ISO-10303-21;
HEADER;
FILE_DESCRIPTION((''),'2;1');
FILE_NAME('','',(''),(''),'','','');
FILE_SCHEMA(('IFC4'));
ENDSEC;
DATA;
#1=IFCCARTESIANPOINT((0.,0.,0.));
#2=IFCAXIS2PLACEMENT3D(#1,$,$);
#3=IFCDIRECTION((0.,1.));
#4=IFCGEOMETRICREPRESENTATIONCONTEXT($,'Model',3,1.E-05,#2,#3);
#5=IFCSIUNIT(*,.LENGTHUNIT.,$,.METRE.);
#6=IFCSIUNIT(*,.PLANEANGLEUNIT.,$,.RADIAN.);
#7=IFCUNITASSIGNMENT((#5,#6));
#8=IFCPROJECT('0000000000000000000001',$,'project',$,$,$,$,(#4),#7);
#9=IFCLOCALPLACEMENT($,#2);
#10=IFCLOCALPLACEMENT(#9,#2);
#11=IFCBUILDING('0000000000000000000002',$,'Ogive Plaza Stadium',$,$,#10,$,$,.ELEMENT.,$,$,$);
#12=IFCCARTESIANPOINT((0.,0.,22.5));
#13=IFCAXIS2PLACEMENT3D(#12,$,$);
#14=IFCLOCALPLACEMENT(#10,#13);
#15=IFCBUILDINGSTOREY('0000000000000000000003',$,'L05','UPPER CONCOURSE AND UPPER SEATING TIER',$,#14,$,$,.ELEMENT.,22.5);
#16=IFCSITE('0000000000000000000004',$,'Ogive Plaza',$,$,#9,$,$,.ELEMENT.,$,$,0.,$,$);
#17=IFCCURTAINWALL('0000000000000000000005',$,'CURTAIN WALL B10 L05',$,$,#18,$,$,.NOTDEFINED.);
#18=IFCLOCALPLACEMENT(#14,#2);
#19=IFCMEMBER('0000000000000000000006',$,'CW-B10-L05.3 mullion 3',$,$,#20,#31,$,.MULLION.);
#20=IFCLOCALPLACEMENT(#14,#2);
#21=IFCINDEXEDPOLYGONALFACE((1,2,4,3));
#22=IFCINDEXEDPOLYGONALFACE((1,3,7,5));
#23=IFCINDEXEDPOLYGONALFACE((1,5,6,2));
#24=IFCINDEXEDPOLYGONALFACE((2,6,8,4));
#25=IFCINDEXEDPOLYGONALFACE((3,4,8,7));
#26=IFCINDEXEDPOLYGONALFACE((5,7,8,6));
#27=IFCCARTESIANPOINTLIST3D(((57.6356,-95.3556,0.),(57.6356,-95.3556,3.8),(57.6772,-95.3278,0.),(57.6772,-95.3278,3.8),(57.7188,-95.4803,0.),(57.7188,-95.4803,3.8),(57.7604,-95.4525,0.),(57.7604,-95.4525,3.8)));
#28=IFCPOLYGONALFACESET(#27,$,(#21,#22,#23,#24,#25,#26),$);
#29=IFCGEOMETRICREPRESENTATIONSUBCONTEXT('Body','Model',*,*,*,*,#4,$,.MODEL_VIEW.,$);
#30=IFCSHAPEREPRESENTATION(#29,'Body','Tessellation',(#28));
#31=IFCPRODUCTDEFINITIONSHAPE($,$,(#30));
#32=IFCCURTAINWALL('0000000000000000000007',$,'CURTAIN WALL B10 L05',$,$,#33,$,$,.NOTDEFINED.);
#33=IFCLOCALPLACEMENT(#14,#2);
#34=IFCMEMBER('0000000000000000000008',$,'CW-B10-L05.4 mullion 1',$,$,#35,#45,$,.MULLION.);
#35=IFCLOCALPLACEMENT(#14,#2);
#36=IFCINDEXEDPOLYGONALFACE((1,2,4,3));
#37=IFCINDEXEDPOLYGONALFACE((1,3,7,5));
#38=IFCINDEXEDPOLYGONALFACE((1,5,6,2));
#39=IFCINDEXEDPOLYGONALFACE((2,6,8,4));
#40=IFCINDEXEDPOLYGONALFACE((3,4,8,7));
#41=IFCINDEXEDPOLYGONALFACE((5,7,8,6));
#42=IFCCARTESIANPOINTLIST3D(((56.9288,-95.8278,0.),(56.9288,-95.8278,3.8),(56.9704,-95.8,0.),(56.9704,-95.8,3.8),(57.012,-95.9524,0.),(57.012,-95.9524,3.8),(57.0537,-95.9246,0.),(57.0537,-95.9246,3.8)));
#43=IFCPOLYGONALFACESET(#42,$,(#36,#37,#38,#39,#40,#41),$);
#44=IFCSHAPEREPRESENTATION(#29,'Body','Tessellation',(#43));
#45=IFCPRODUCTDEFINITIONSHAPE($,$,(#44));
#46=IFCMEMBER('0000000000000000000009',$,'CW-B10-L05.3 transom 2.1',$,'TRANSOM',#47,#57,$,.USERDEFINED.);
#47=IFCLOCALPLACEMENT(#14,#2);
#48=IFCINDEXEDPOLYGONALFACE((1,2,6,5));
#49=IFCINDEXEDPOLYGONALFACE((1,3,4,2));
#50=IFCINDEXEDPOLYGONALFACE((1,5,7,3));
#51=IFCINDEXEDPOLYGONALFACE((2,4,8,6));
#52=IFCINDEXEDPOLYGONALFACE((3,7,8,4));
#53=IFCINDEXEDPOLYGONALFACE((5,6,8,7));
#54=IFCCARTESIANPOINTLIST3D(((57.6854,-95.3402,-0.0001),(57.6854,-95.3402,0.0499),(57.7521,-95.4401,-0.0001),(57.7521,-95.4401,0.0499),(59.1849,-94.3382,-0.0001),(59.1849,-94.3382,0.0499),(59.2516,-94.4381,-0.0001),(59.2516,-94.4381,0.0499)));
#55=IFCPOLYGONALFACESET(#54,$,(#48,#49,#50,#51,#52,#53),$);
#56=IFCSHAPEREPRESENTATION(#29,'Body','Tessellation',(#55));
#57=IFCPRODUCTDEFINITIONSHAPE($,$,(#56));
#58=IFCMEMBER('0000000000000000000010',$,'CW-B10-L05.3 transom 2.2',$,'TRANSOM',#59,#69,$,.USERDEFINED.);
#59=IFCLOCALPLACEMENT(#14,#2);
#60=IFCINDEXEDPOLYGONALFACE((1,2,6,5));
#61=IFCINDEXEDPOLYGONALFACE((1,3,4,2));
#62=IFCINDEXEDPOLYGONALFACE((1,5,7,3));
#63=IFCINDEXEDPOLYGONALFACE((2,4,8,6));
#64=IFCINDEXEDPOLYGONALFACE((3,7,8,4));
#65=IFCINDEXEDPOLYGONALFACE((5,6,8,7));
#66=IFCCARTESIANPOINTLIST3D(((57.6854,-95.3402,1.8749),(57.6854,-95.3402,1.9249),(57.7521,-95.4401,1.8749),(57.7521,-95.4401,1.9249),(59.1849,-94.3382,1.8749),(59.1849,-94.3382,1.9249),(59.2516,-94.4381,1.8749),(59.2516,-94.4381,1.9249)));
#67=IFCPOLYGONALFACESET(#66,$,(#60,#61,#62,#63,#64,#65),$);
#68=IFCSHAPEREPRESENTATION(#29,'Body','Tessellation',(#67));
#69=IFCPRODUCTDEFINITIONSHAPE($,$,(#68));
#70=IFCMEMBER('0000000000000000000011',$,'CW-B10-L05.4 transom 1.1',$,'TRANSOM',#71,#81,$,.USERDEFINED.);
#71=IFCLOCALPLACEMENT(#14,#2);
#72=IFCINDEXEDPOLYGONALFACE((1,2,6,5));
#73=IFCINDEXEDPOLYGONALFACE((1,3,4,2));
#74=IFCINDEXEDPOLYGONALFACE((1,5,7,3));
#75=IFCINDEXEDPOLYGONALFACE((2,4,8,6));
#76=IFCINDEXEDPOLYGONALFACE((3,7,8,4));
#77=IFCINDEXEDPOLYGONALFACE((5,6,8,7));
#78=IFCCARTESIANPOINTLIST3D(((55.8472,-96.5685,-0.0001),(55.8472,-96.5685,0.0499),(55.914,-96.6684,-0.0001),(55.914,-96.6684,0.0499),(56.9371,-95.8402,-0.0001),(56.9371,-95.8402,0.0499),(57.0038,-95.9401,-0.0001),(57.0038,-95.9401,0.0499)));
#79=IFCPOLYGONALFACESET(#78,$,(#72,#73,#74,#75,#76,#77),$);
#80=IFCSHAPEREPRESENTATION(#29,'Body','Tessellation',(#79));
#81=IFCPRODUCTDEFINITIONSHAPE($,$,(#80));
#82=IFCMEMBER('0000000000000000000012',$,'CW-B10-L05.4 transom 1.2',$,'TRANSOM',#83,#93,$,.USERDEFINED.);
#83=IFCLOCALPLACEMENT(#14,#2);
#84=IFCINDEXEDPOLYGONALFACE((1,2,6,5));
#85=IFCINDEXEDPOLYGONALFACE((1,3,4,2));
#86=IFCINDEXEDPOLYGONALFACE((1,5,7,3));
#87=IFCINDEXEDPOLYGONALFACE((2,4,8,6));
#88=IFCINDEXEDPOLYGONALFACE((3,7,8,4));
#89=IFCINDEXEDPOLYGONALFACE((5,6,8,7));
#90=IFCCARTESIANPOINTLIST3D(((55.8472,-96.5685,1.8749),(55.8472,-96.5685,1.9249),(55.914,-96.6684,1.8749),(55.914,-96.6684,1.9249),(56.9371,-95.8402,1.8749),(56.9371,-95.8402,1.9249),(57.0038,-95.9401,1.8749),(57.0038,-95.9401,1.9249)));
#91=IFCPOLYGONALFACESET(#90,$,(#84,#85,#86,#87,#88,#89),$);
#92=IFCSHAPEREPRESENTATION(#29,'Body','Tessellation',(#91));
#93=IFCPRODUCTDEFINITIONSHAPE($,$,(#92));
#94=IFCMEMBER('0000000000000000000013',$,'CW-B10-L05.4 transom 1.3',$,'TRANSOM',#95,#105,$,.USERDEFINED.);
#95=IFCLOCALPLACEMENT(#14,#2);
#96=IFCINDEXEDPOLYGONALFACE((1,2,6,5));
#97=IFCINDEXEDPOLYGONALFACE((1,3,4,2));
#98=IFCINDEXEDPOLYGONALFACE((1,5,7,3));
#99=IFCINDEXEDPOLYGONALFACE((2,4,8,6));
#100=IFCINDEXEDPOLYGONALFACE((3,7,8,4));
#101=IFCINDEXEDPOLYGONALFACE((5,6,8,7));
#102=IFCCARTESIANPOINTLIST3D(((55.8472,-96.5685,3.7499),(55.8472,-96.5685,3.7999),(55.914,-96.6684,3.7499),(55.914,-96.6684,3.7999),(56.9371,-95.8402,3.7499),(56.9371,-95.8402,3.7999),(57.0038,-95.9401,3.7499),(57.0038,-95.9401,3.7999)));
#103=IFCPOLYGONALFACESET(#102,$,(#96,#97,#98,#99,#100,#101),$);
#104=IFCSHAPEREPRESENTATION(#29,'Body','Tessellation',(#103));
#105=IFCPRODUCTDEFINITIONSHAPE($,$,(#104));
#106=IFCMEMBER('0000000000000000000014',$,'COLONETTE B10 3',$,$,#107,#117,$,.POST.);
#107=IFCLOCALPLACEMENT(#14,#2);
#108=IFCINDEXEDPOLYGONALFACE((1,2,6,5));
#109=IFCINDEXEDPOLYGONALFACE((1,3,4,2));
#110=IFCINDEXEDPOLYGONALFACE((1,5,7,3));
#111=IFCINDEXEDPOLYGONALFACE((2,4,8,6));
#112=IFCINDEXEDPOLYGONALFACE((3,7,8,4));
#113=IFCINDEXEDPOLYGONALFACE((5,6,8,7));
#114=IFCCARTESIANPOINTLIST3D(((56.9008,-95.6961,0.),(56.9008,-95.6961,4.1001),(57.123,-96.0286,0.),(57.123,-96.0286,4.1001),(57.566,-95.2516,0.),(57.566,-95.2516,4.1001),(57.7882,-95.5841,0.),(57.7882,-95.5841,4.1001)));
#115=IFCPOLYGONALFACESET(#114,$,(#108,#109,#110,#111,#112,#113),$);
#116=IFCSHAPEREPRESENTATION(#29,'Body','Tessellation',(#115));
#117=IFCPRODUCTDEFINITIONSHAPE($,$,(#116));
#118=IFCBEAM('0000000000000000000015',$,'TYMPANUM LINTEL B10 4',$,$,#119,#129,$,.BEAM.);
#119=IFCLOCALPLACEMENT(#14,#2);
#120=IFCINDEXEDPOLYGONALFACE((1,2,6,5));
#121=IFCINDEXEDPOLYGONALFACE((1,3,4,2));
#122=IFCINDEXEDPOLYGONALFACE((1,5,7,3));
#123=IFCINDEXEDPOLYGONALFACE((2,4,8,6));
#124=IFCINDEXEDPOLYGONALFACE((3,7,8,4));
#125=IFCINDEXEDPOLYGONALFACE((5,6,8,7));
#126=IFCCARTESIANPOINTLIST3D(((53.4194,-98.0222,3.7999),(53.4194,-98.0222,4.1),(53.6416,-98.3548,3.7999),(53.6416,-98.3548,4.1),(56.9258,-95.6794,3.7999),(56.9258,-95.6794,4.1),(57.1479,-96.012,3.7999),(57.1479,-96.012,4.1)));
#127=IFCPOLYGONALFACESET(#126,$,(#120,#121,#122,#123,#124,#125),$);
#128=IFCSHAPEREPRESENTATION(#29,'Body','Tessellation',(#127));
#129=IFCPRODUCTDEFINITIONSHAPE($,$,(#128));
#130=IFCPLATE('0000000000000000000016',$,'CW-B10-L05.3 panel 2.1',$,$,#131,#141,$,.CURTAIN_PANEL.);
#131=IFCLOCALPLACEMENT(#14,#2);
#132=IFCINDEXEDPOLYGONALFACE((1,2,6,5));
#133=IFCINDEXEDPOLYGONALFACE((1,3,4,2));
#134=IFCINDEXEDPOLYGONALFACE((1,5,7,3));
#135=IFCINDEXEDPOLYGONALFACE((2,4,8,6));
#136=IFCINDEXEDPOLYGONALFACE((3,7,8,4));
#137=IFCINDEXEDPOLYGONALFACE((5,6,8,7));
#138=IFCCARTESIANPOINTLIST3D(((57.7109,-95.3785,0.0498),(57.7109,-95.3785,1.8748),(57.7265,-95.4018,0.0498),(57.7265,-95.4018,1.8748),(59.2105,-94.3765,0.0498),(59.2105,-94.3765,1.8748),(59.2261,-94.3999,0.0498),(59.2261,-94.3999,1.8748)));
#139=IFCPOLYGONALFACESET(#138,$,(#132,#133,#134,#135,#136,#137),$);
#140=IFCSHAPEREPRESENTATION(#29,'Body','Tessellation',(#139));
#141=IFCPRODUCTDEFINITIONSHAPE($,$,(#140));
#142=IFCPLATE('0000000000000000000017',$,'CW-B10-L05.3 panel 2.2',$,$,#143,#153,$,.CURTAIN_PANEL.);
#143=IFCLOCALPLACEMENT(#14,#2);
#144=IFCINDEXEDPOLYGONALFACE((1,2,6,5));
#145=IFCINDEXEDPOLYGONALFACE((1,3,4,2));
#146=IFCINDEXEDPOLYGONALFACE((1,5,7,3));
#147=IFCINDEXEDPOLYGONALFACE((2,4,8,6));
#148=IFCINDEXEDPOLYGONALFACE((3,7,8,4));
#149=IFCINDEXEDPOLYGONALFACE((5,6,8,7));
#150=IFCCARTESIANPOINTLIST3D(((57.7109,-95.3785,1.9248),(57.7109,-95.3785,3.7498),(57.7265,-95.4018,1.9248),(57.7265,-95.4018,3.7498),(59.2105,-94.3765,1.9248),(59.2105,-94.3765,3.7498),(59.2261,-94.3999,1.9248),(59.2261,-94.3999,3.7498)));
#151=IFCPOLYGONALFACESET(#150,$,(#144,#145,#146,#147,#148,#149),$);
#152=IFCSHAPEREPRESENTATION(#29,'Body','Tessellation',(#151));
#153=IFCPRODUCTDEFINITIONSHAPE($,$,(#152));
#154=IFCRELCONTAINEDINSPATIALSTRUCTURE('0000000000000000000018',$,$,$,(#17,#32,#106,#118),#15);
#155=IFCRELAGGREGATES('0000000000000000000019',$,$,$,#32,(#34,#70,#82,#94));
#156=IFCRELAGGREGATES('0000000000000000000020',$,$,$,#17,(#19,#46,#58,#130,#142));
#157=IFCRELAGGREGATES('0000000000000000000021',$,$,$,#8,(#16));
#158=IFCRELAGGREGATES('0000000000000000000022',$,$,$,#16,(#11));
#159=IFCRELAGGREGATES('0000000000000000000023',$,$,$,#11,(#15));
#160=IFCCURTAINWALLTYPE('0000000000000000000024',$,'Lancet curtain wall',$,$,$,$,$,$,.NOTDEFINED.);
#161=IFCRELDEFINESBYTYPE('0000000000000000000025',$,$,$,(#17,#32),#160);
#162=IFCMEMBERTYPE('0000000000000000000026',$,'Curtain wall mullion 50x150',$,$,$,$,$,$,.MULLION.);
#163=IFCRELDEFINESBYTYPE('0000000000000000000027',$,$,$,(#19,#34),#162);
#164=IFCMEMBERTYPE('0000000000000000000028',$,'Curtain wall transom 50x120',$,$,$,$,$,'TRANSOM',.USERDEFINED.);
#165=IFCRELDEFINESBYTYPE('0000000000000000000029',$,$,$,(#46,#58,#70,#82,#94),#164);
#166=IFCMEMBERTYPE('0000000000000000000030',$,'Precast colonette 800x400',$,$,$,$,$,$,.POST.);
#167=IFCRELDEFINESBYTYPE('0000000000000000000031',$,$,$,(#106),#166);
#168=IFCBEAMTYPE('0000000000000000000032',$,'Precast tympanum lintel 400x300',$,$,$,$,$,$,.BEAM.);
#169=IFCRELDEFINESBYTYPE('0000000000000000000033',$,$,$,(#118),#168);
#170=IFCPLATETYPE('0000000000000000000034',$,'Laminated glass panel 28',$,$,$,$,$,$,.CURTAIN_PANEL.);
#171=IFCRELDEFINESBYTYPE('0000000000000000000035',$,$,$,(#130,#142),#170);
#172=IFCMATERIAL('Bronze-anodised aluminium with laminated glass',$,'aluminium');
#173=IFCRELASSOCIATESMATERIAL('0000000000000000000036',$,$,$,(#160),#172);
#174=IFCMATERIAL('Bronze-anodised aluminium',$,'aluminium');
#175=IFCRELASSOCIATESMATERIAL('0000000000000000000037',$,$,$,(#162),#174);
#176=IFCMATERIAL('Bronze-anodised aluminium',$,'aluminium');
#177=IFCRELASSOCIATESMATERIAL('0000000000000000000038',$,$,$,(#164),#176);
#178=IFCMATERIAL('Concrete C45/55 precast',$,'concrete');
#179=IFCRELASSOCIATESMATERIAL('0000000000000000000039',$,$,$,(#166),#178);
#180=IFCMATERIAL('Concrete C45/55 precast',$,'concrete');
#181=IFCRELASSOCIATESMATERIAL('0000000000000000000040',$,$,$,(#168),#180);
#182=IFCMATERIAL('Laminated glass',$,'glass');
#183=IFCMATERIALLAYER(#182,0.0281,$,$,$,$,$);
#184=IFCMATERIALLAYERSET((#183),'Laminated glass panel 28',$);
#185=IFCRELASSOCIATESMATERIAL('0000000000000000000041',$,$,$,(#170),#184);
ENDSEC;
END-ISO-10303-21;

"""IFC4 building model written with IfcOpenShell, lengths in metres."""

from ifc_helpers import new_model, si_unit, direction, frame, origin, origin_2d, place, context, subcontext, project, spatial, rectangle, extrude, material, layer, layer_set, material_profile, profile_set, type_object, element, aggregate, save


model = new_model("IFC4")

# Units and contexts
model_context = context("Model", 3, precision=1e-05, world=origin(), true_north=direction((0.0, 1.0)))
body_context = subcontext(model_context, "Body", "Model", "MODEL_VIEW")
ifc_project = project(units=[si_unit("LENGTHUNIT", "METRE"), si_unit("PLANEANGLEUNIT", "RADIAN")], contexts=[model_context])

# Site, building, storey
site_placement = place(None, origin())
site = spatial("IfcSite", under=ifc_project, at=site_placement, Name="Ogive Plaza", CompositionType="ELEMENT", RefElevation=0.0)
building_placement = place(site_placement, origin())
building = spatial("IfcBuilding", under=site, at=building_placement, Name="Ogive Plaza Stadium", CompositionType="ELEMENT")
storey_placement = place(building_placement, frame((0.0, 0.0, 22.5)))
storey = spatial("IfcBuildingStorey", under=building, at=storey_placement, Name="L05", Description="UPPER CONCOURSE AND UPPER SEATING TIER", CompositionType="ELEMENT", Elevation=22.5)

# Curtain walls, members
ifc_material_1 = material(Name="Bronze-anodised aluminium with laminated glass", Category="aluminium")
curtain_wall_type = type_object("IfcCurtainWallType", Name="Lancet curtain wall", PredefinedType="NOTDEFINED", material=ifc_material_1)
curtain_wall_1_placement = place(storey_placement, origin())
curtain_wall_1 = element("IfcCurtainWall", 1, at=curtain_wall_1_placement, inside=storey, type_object=curtain_wall_type, Name="CURTAIN WALL B10 L05", PredefinedType="NOTDEFINED")
ifc_material_2 = material(Name="Bronze-anodised aluminium", Category="aluminium")
ifc_material_profile_1 = material_profile(ifc_material_2, rectangle(XDim=0.1499, YDim=0.05, at=origin_2d()), Name="AL 150x50")
ifc_profile_set_1 = profile_set([ifc_material_profile_1], Name="Bronze-anodised aluminium")
member_type_1 = type_object("IfcMemberType", Name="Curtain wall mullion 50x150", PredefinedType="MULLION", material=ifc_profile_set_1)
member_1_placement = place(storey_placement, frame((57.698, -95.4041, 0.0), z_axis=(0.0, 0.0, 1.0), x_axis=(0.55557, -0.83147, 0.0)))
member_1 = element("IfcMember", 2, at=member_1_placement, type_object=member_type_1, Name="CW-B10-L05.3 mullion 3", PredefinedType="MULLION", context=body_context, shape_type="SweptSolid", body=[
    extrude(rectangle(XDim=0.1499, YDim=0.05, at=origin_2d()), origin(), (0.0, 0.0, 1.0), 3.8),
])
curtain_wall_2_placement = place(storey_placement, origin())
curtain_wall_2 = element("IfcCurtainWall", 3, at=curtain_wall_2_placement, inside=storey, type_object=curtain_wall_type, Name="CURTAIN WALL B10 L05", PredefinedType="NOTDEFINED")
member_2_placement = place(storey_placement, frame((56.9912, -95.8762, 0.0), z_axis=(0.0, 0.0, 1.0), x_axis=(0.55557, -0.83147, 0.0)))
member_2 = element("IfcMember", 4, at=member_2_placement, type_object=member_type_1, Name="CW-B10-L05.4 mullion 1", PredefinedType="MULLION", context=body_context, shape_type="SweptSolid", body=[
    extrude(rectangle(XDim=0.1499, YDim=0.05, at=origin_2d()), origin(), (0.0, 0.0, 1.0), 3.8),
])

# Members
ifc_material_3 = material(Name="Bronze-anodised aluminium", Category="aluminium")
ifc_material_profile_2 = material_profile(ifc_material_3, rectangle(XDim=0.1201, YDim=0.05, at=origin_2d()), Name="AL 120x50")
ifc_profile_set_2 = profile_set([ifc_material_profile_2], Name="Bronze-anodised aluminium")
member_type_2 = type_object("IfcMemberType", Name="Curtain wall transom 50x120", ElementType="TRANSOM", PredefinedType="USERDEFINED", material=ifc_profile_set_2)
member_3_placement = place(storey_placement, frame((59.2183, -94.3882, 0.0249), z_axis=(-0.831467, -0.555575, 0.0), x_axis=(0.555575, -0.831467, 0.0)))
member_3 = element("IfcMember", 5, at=member_3_placement, type_object=member_type_2, Name="CW-B10-L05.3 transom 2.1", ObjectType="TRANSOM", PredefinedType="USERDEFINED", context=body_context, shape_type="SweptSolid", body=[
    extrude(rectangle(XDim=0.1201, YDim=0.05, at=origin_2d()), origin(), (0.0, 0.0, 1.0), 1.8035),
])
member_4_placement = place(storey_placement, frame((59.2183, -94.3882, 1.8999), z_axis=(-0.831467, -0.555575, 0.0), x_axis=(0.555575, -0.831467, 0.0)))
member_4 = element("IfcMember", 6, at=member_4_placement, type_object=member_type_2, Name="CW-B10-L05.3 transom 2.2", ObjectType="TRANSOM", PredefinedType="USERDEFINED", context=body_context, shape_type="SweptSolid", body=[
    extrude(rectangle(XDim=0.1201, YDim=0.05, at=origin_2d()), origin(), (0.0, 0.0, 1.0), 1.8035),
])
member_5_placement = place(storey_placement, frame((56.9705, -95.8901, 0.0249), z_axis=(-0.831448, -0.555602, 0.0), x_axis=(0.555602, -0.831448, 0.0)))
member_5 = element("IfcMember", 7, at=member_5_placement, type_object=member_type_2, Name="CW-B10-L05.4 transom 1.1", ObjectType="TRANSOM", PredefinedType="USERDEFINED", context=body_context, shape_type="SweptSolid", body=[
    extrude(rectangle(XDim=0.1201, YDim=0.05, at=origin_2d()), origin(), (0.0, 0.0, 1.0), 1.3108),
])
member_6_placement = place(storey_placement, frame((56.9705, -95.8901, 1.8999), z_axis=(-0.831448, -0.555602, 0.0), x_axis=(0.555602, -0.831448, 0.0)))
member_6 = element("IfcMember", 8, at=member_6_placement, type_object=member_type_2, Name="CW-B10-L05.4 transom 1.2", ObjectType="TRANSOM", PredefinedType="USERDEFINED", context=body_context, shape_type="SweptSolid", body=[
    extrude(rectangle(XDim=0.1201, YDim=0.05, at=origin_2d()), origin(), (0.0, 0.0, 1.0), 1.3108),
])
member_7_placement = place(storey_placement, frame((56.9705, -95.8901, 3.7749), z_axis=(-0.831448, -0.555602, 0.0), x_axis=(0.555602, -0.831448, 0.0)))
member_7 = element("IfcMember", 9, at=member_7_placement, type_object=member_type_2, Name="CW-B10-L05.4 transom 1.3", ObjectType="TRANSOM", PredefinedType="USERDEFINED", context=body_context, shape_type="SweptSolid", body=[
    extrude(rectangle(XDim=0.1201, YDim=0.05, at=origin_2d()), origin(), (0.0, 0.0, 1.0), 1.3108),
])
aggregate(curtain_wall_2, [member_2, member_5, member_6, member_7])
ifc_material_4 = material(Name="Concrete C45/55 precast", Category="concrete")
ifc_material_profile_3 = material_profile(ifc_material_4, rectangle(XDim=0.3999, YDim=0.8, at=origin_2d()), Name="RC 400x800")
ifc_profile_set_3 = profile_set([ifc_material_profile_3], Name="Concrete C45/55 precast")
member_type_3 = type_object("IfcMemberType", Name="Precast colonette 800x400", PredefinedType="POST", material=ifc_profile_set_3)
member_8_placement = place(storey_placement, frame((57.3445, -95.6401, 0.0), z_axis=(0.0, 0.0, 1.0), x_axis=(0.55557, -0.83147, 0.0)))
element("IfcMember", 10, at=member_8_placement, inside=storey, type_object=member_type_3, Name="COLONETTE B10 3", PredefinedType="POST", context=body_context, shape_type="SweptSolid", body=[
    extrude(rectangle(XDim=0.3999, YDim=0.8, at=origin_2d()), origin(), (0.0, 0.0, 1.0), 4.1001),
])

# Beam
ifc_material_5 = material(Name="Concrete C45/55 precast", Category="concrete")
ifc_material_profile_4 = material_profile(ifc_material_5, rectangle(XDim=0.3999, YDim=0.3, at=origin_2d()), Name="RC 400x300")
ifc_profile_set_4 = profile_set([ifc_material_profile_4], Name="Concrete C45/55 precast")
beam_type = type_object("IfcBeamType", Name="Precast tympanum lintel 400x300", PredefinedType="BEAM", material=ifc_profile_set_4)
beam_placement = place(storey_placement, frame((57.0369, -95.8457, 3.95), z_axis=(-0.83148, -0.555555, 0.0), x_axis=(0.555555, -0.83148, 0.0)))
element("IfcBeam", 11, at=beam_placement, inside=storey, type_object=beam_type, Name="TYMPANUM LINTEL B10 4", PredefinedType="BEAM", context=body_context, shape_type="SweptSolid", body=[
    extrude(rectangle(XDim=0.3999, YDim=0.3, at=origin_2d()), origin(), (0.0, 0.0, 1.0), 4.217),
])

# Plates
ifc_material_6 = material(Name="Laminated glass", Category="glass")
ifc_layer_1 = layer(ifc_material_6, 0.0281)
ifc_layer_set_1 = layer_set([ifc_layer_1], Name="Laminated glass panel 28")
plate_type = type_object("IfcPlateType", Name="Laminated glass panel 28", PredefinedType="CURTAIN_PANEL", material=ifc_layer_set_1)
plate_1_placement = place(storey_placement, frame((58.4685, -94.8892, 0.0498), z_axis=(0.0, 0.0, 1.0), x_axis=(-0.83147, -0.55557, 0.0)))
plate_1 = element("IfcPlate", 12, at=plate_1_placement, type_object=plate_type, Name="CW-B10-L05.3 panel 2.1", PredefinedType="CURTAIN_PANEL", context=body_context, shape_type="SweptSolid", body=[
    extrude(rectangle(XDim=1.8035, YDim=0.0281, at=origin_2d()), origin(), (0.0, 0.0, 1.0), 1.825),
])
plate_2_placement = place(storey_placement, frame((58.4685, -94.8892, 1.9248), z_axis=(0.0, 0.0, 1.0), x_axis=(-0.83147, -0.55557, 0.0)))
plate_2 = element("IfcPlate", 13, at=plate_2_placement, type_object=plate_type, Name="CW-B10-L05.3 panel 2.2", PredefinedType="CURTAIN_PANEL", context=body_context, shape_type="SweptSolid", body=[
    extrude(rectangle(XDim=1.8035, YDim=0.0281, at=origin_2d()), origin(), (0.0, 0.0, 1.0), 1.825),
])
aggregate(curtain_wall_1, [member_1, member_3, member_4, plate_1, plate_2])

save(model, "model.ifc")
